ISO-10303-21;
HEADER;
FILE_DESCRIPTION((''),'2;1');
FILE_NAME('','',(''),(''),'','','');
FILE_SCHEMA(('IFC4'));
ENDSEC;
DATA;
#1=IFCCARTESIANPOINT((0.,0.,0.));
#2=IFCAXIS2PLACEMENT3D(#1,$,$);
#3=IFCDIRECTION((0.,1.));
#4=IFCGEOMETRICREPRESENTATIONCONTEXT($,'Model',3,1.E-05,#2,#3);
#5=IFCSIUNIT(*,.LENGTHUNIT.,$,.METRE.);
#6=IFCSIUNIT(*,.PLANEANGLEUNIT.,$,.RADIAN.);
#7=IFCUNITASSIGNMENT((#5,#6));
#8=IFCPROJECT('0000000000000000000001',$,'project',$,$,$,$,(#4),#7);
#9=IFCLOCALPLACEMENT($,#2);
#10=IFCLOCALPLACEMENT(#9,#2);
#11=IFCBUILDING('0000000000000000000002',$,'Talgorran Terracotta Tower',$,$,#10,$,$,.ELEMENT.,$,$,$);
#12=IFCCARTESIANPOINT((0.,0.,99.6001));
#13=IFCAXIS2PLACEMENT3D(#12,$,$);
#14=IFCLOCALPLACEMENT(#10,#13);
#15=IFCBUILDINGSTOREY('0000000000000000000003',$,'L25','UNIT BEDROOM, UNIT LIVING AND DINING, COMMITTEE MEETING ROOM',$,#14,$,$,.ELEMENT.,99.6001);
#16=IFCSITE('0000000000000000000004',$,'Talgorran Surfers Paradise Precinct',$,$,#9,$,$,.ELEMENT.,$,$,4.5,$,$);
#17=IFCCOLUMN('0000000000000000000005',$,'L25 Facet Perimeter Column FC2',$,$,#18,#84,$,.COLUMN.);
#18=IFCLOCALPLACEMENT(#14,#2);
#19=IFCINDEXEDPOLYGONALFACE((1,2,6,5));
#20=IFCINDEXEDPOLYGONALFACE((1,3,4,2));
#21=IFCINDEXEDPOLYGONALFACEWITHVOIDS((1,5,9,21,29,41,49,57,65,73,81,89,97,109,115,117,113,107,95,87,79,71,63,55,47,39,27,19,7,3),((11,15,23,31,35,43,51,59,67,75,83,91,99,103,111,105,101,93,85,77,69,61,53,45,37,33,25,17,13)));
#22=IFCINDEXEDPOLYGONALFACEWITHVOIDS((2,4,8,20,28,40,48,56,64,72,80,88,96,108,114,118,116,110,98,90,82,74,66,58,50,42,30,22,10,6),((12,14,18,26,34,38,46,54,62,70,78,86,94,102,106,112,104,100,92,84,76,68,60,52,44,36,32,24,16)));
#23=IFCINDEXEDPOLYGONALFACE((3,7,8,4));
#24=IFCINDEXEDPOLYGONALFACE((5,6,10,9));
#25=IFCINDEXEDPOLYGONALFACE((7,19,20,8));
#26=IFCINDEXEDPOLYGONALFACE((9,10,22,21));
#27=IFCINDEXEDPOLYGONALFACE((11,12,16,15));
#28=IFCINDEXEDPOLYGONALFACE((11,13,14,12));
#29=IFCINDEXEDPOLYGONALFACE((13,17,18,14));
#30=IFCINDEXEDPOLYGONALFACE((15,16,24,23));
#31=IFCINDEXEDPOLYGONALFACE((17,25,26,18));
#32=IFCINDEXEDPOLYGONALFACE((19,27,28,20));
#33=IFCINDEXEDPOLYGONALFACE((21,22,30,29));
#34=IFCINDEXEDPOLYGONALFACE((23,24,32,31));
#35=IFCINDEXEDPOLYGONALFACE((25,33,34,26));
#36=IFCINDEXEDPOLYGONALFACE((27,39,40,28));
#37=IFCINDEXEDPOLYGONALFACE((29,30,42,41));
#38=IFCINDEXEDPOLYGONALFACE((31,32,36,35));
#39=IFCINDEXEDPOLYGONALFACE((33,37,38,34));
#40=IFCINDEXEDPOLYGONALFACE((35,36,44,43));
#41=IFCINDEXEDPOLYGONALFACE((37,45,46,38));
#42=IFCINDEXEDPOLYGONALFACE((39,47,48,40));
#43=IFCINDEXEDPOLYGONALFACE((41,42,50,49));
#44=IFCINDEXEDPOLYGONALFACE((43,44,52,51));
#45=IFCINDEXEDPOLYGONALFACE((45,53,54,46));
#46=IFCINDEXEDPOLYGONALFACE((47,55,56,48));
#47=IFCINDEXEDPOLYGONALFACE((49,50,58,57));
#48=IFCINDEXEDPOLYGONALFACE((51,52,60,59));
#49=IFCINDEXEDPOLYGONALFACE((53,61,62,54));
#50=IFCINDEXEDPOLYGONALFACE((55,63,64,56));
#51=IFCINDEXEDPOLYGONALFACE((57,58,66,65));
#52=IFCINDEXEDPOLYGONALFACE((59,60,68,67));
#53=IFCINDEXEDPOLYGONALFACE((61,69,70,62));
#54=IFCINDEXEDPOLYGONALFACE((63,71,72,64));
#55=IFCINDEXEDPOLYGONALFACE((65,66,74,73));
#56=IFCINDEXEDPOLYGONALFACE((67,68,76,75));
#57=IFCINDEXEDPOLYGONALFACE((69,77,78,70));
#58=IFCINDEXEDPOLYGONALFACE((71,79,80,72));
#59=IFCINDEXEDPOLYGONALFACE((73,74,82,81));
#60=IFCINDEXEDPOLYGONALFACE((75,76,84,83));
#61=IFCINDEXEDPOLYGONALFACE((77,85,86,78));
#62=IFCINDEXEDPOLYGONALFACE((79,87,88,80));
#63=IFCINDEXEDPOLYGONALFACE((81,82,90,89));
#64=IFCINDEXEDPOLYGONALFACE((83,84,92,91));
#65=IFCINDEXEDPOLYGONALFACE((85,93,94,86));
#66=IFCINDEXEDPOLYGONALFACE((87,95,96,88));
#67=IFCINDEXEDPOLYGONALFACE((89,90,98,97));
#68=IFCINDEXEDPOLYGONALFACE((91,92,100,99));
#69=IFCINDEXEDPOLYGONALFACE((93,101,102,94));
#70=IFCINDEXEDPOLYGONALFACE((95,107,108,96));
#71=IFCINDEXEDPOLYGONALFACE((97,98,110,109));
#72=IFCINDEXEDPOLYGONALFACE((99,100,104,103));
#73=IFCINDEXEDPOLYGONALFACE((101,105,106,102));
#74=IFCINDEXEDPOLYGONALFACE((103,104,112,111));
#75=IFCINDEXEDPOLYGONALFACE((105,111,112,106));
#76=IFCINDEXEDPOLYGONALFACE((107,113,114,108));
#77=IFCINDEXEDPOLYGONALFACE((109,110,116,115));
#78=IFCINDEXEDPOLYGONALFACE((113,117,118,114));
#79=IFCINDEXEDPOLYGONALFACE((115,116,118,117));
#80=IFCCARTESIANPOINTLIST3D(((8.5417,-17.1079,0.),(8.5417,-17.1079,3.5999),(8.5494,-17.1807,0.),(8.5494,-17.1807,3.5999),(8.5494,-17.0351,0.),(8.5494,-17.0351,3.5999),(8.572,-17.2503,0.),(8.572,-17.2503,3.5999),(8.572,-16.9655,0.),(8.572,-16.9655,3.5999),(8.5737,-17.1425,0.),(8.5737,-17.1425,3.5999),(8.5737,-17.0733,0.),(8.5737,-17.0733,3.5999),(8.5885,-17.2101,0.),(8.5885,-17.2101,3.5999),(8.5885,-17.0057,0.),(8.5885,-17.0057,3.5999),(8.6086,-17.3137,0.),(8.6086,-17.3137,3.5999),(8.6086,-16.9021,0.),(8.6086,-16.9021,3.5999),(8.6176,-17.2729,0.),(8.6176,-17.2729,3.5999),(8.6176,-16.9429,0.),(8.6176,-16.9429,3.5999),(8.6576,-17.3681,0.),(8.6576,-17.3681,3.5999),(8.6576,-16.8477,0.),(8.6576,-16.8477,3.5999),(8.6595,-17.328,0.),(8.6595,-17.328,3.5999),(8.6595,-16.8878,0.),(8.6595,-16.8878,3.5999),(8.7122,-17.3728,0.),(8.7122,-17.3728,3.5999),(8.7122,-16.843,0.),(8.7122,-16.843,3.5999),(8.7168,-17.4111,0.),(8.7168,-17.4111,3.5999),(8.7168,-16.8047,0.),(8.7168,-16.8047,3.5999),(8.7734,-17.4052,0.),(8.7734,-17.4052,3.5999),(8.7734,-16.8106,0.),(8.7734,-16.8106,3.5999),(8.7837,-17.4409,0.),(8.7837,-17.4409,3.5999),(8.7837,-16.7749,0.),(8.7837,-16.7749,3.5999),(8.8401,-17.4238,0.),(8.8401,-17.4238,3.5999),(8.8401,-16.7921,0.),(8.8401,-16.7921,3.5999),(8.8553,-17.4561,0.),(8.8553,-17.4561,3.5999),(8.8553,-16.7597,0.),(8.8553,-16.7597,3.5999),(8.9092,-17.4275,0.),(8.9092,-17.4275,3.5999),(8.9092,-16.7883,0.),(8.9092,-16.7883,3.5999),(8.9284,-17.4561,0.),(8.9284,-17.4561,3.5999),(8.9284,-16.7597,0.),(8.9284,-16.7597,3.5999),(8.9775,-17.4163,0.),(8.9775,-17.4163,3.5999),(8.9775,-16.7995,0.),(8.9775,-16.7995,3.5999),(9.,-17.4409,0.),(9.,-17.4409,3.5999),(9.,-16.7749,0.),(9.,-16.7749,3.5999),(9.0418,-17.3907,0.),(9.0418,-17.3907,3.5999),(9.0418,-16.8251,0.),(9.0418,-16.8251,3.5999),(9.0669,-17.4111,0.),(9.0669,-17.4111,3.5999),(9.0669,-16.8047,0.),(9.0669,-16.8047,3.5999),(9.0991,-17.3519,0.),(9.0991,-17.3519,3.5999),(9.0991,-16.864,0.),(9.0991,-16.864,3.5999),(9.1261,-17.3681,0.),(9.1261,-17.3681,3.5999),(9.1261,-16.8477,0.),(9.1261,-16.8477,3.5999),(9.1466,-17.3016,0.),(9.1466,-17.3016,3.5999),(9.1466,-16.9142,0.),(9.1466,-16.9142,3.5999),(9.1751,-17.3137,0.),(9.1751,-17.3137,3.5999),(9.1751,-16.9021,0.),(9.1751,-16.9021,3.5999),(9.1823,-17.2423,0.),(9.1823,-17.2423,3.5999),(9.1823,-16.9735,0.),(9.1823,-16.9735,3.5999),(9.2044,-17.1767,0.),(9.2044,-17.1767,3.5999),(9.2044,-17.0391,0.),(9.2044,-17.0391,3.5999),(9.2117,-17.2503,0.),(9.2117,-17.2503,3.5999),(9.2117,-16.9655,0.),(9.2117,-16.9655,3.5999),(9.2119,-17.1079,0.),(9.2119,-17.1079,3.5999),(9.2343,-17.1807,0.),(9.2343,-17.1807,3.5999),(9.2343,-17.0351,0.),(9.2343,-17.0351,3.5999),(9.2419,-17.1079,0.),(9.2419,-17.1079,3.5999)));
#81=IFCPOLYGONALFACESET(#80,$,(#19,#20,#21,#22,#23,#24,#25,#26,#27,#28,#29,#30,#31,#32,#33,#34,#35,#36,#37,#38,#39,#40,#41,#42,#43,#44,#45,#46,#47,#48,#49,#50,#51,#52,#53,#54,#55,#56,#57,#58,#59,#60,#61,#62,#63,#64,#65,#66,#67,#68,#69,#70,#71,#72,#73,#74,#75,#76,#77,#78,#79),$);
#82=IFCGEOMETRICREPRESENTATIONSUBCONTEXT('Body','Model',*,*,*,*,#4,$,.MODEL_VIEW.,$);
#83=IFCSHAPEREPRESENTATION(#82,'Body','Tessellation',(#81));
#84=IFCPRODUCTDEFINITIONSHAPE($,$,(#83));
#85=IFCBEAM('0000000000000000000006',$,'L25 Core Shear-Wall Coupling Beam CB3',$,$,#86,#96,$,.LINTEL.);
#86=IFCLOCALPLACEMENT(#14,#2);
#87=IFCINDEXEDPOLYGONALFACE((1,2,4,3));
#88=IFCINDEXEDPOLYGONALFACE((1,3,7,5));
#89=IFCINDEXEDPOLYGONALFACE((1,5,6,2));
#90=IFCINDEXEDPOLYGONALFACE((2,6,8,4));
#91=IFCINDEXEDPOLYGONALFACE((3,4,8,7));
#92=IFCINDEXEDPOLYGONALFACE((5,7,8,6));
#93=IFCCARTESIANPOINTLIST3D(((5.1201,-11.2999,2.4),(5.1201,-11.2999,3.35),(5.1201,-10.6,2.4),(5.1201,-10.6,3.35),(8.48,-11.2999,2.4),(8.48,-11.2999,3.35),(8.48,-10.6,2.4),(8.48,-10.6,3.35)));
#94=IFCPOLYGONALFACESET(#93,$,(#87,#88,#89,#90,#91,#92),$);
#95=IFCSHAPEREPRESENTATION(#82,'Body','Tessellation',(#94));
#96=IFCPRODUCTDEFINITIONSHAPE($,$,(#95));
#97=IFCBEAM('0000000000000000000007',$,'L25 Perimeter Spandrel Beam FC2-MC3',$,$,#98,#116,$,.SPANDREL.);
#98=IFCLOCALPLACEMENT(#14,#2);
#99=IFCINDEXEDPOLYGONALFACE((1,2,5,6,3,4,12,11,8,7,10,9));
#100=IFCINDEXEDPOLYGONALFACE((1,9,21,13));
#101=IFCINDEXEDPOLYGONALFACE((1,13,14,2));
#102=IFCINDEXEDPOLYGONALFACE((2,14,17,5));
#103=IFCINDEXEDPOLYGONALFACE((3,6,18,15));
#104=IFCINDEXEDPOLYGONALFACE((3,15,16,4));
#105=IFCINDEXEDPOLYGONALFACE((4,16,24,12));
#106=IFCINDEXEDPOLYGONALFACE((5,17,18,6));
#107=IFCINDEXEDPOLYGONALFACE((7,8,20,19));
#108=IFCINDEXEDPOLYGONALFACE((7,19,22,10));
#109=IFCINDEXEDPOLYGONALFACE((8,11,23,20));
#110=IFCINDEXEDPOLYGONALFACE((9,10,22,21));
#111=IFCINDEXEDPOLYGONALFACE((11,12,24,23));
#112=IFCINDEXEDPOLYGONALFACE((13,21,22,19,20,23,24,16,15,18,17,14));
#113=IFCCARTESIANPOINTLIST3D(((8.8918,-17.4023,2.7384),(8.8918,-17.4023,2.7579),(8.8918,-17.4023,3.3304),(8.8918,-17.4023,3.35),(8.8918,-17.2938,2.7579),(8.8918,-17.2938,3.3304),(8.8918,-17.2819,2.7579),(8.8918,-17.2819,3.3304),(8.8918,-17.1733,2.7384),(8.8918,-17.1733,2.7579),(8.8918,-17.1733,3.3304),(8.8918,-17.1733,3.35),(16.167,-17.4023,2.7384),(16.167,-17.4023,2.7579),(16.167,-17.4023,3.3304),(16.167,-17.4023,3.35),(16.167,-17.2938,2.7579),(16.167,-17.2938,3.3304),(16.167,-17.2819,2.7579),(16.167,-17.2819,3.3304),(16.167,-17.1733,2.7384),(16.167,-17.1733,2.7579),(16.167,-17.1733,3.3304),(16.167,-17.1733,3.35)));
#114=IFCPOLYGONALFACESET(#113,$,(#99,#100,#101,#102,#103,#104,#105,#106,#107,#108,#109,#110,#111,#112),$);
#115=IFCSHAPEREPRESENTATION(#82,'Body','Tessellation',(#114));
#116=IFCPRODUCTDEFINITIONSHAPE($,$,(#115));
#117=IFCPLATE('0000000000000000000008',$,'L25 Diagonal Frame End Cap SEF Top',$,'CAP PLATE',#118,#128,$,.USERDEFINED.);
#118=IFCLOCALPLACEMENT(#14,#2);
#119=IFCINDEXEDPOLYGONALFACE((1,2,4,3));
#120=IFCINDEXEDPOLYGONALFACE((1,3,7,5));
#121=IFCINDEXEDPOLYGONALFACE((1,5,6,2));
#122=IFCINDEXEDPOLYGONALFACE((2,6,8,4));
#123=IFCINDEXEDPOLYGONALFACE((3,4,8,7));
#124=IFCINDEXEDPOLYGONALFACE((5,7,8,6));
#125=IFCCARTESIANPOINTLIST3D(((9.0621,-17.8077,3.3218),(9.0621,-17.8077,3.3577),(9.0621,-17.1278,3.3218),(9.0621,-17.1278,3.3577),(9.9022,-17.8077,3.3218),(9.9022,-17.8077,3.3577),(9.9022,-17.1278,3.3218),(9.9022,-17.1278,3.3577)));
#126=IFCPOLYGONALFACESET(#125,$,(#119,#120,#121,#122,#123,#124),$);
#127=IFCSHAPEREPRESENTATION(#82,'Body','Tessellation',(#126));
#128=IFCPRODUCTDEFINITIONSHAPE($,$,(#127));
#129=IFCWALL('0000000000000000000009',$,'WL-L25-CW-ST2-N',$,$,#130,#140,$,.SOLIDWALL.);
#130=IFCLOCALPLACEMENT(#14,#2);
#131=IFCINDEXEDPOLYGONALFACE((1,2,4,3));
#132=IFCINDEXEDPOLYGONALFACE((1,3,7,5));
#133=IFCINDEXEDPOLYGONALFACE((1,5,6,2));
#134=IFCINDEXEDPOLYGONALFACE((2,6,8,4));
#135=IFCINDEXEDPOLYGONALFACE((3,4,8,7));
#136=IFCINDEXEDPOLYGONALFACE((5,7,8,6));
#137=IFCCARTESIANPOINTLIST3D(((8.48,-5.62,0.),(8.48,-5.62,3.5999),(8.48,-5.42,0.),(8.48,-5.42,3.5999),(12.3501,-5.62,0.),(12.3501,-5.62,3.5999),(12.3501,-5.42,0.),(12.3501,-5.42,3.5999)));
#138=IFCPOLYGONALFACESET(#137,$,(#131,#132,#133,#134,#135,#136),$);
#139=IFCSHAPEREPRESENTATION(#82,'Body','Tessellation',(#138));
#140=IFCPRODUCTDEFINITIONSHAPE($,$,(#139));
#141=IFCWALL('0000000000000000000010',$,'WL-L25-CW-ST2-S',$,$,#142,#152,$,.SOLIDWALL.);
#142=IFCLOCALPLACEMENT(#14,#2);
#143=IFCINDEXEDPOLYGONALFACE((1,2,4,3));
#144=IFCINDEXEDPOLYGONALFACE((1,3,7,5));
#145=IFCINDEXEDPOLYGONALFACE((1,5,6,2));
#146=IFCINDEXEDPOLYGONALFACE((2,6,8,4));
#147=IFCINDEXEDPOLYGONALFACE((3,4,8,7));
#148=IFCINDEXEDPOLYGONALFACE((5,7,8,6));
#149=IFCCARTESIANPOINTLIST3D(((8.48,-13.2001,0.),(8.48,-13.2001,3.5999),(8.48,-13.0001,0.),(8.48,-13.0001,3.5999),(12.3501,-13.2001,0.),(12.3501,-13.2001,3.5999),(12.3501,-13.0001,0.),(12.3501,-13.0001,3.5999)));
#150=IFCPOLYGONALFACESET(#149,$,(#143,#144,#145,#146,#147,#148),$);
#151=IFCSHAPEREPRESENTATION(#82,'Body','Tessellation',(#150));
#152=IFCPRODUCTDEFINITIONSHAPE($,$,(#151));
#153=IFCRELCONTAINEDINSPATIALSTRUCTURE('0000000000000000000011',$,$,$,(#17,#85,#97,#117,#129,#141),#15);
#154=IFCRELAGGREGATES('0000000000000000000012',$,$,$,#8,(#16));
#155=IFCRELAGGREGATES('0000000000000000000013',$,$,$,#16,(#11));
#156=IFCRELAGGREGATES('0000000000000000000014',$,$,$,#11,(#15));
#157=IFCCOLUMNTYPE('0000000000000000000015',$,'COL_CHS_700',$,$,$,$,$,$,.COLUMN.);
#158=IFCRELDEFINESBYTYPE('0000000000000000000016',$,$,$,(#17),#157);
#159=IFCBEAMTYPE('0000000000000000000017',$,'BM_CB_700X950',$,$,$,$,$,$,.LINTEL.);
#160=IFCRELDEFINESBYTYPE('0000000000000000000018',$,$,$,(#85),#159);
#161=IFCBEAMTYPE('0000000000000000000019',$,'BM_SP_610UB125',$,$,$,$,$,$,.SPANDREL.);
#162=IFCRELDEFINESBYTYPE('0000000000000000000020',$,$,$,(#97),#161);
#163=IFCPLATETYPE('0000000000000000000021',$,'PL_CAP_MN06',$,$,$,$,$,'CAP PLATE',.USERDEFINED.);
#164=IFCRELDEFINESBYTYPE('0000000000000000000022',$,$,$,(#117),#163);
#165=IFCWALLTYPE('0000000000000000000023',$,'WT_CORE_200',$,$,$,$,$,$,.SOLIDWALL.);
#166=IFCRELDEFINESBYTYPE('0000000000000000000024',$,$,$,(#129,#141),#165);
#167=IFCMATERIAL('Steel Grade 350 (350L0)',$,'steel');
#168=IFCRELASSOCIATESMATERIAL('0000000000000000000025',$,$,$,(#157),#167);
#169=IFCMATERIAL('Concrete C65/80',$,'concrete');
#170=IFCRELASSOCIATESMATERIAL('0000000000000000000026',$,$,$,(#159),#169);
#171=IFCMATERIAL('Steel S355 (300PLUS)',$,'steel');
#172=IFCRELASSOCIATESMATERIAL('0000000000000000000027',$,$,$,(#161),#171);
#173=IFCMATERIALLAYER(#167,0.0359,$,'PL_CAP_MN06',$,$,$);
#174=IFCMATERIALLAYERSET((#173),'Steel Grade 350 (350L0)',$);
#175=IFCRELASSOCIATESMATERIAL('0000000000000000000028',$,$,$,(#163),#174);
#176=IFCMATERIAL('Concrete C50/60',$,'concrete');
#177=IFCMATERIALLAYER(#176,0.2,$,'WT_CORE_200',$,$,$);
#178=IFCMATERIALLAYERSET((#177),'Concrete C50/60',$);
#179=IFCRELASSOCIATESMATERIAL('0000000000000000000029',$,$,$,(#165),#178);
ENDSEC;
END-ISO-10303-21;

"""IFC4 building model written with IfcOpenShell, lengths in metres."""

from ifc_helpers import new_model, si_unit, direction, frame, frame_2d, origin, origin_2d, place, context, subcontext, project, spatial, rectangle, hollow_circle, i_section, extrude, material, layer, layer_set, material_profile, profile_set, type_object, element, save


model = new_model("IFC4")

# Units and contexts
model_context = context("Model", 3, precision=1e-05, world=origin(), true_north=direction((0.0, 1.0)))
body_context = subcontext(model_context, "Body", "Model", "MODEL_VIEW")
ifc_project = project(units=[si_unit("LENGTHUNIT", "METRE"), si_unit("PLANEANGLEUNIT", "RADIAN")], contexts=[model_context])

# Site, building, storey
site_placement = place(None, origin())
site = spatial("IfcSite", under=ifc_project, at=site_placement, Name="Talgorran Surfers Paradise Precinct", CompositionType="ELEMENT", RefElevation=4.5)
building_placement = place(site_placement, origin())
building = spatial("IfcBuilding", under=site, at=building_placement, Name="Talgorran Terracotta Tower", CompositionType="ELEMENT")
storey_placement = place(building_placement, frame((0.0, 0.0, 99.6001)))
storey = spatial("IfcBuildingStorey", under=building, at=storey_placement, Name="L25", Description="UNIT BEDROOM, UNIT LIVING AND DINING, COMMITTEE MEETING ROOM", CompositionType="ELEMENT", Elevation=99.6001)

# Column
ifc_material_1 = material(Name="Steel Grade 350 (350L0)", Category="steel")
ifc_material_profile_1 = material_profile(ifc_material_1, hollow_circle(Radius=0.3501, WallThickness=0.03, at=origin_2d()), Name="CHS700X30")
ifc_profile_set_1 = profile_set([ifc_material_profile_1], Name="Steel Grade 350 (350L0)")
column_type = type_object("IfcColumnType", Name="COL_CHS_700", PredefinedType="COLUMN", material=ifc_profile_set_1)
column_placement = place(storey_placement, frame((8.8918, -17.1079, 0.0), z_axis=(0.0, 0.0, 1.0), x_axis=(1.0, 0.0, 0.0)))
element("IfcColumn", 1, at=column_placement, inside=storey, type_object=column_type, Name="L25 Facet Perimeter Column FC2", PredefinedType="COLUMN", context=body_context, shape_type="SweptSolid", body=[
    extrude(hollow_circle(Radius=0.3501, WallThickness=0.03, at=origin_2d()), origin(), (0.0, 0.0, 1.0), 3.5999),
])

# Beams
ifc_material_2 = material(Name="Concrete C65/80", Category="concrete")
ifc_material_profile_2 = material_profile(ifc_material_2, rectangle(XDim=0.7, YDim=0.95, at=origin_2d()), Name="RCCB700X950")
ifc_profile_set_2 = profile_set([ifc_material_profile_2], Name="Concrete C65/80")
beam_type_1 = type_object("IfcBeamType", Name="BM_CB_700X950", PredefinedType="LINTEL", material=ifc_profile_set_2)
beam_1_placement = place(storey_placement, frame((5.1201, -10.95, 2.875), z_axis=(1.0, 0.0, 0.0), x_axis=(0.0, 1.0, 0.0)))
element("IfcBeam", 2, at=beam_1_placement, inside=storey, type_object=beam_type_1, Name="L25 Core Shear-Wall Coupling Beam CB3", PredefinedType="LINTEL", context=body_context, shape_type="SweptSolid", body=[
    extrude(rectangle(XDim=0.7, YDim=0.95, at=origin_2d()), origin(), (0.0, 0.0, 1.0), 3.3599),
])
ifc_material_3 = material(Name="Steel S355 (300PLUS)", Category="steel")
ifc_material_profile_3 = material_profile(ifc_material_3, i_section(OverallWidth=0.229, OverallDepth=0.6116, WebThickness=0.012, FlangeThickness=0.0195, at=origin_2d()), Name="610UB125")
ifc_profile_set_3 = profile_set([ifc_material_profile_3], Name="Steel S355 (300PLUS)")
beam_type_2 = type_object("IfcBeamType", Name="BM_SP_610UB125", PredefinedType="SPANDREL", material=ifc_profile_set_3)
beam_2_placement = place(storey_placement, frame((8.8918, -17.2878, 3.0442), z_axis=(1.0, 0.0, 0.0), x_axis=(0.0, 1.0, 0.0)))
element("IfcBeam", 3, at=beam_2_placement, inside=storey, type_object=beam_type_2, Name="L25 Perimeter Spandrel Beam FC2-MC3", PredefinedType="SPANDREL", context=body_context, shape_type="SweptSolid", body=[
    extrude(i_section(OverallWidth=0.229, OverallDepth=0.6116, WebThickness=0.012, FlangeThickness=0.0195, at=origin_2d()), origin(), (0.0, 0.0, 1.0), 7.2751),
])

# Plate
ifc_layer_1 = layer(ifc_material_1, 0.0359, Name="PL_CAP_MN06")
ifc_layer_set_1 = layer_set([ifc_layer_1], Name="Steel Grade 350 (350L0)")
plate_type = type_object("IfcPlateType", Name="PL_CAP_MN06", ElementType="CAP PLATE", PredefinedType="USERDEFINED", material=ifc_layer_set_1)
plate_placement = place(storey_placement, frame((9.4822, -17.4678, 3.3218), z_axis=(0.0, 0.0, 1.0), x_axis=(-1.0, 0.0, 0.0)))
element("IfcPlate", 4, at=plate_placement, inside=storey, type_object=plate_type, Name="L25 Diagonal Frame End Cap SEF Top", ObjectType="CAP PLATE", PredefinedType="USERDEFINED", context=body_context, shape_type="SweptSolid", body=[
    extrude(rectangle(XDim=0.8401, YDim=0.6799, at=origin_2d()), origin(), (0.0, 0.0, 1.0), 0.0359),
])

# Walls
ifc_material_4 = material(Name="Concrete C50/60", Category="concrete")
ifc_layer_2 = layer(ifc_material_4, 0.2, Name="WT_CORE_200")
ifc_layer_set_2 = layer_set([ifc_layer_2], Name="Concrete C50/60")
wall_type_1 = type_object("IfcWallType", Name="WT_CORE_200", PredefinedType="SOLIDWALL", material=ifc_layer_set_2)
for number, where, z_axis, x_axis, name in (
    (5, (8.48, -5.52, 0.0), (0.0, 0.0, 1.0), (1.0, 0.0, 0.0), "WL-L25-CW-ST2-N"),
    (6, (8.48, -13.1001, 0.0), (0.0, 0.0, 1.0), (1.0, 0.0, 0.0), "WL-L25-CW-ST2-S"),
):
    element("IfcWall", number, at=place(storey_placement, frame(where, z_axis=z_axis, x_axis=x_axis)), inside=storey, type_object=wall_type_1, Name=name, PredefinedType="SOLIDWALL", context=body_context, shape_type="SweptSolid", body=[
        extrude(rectangle(XDim=3.8701, YDim=0.2, at=frame_2d((1.9351, 0.0))), origin(), (0.0, 0.0, 1.0), 3.5999),
    ])

save(model, "model.ifc")
